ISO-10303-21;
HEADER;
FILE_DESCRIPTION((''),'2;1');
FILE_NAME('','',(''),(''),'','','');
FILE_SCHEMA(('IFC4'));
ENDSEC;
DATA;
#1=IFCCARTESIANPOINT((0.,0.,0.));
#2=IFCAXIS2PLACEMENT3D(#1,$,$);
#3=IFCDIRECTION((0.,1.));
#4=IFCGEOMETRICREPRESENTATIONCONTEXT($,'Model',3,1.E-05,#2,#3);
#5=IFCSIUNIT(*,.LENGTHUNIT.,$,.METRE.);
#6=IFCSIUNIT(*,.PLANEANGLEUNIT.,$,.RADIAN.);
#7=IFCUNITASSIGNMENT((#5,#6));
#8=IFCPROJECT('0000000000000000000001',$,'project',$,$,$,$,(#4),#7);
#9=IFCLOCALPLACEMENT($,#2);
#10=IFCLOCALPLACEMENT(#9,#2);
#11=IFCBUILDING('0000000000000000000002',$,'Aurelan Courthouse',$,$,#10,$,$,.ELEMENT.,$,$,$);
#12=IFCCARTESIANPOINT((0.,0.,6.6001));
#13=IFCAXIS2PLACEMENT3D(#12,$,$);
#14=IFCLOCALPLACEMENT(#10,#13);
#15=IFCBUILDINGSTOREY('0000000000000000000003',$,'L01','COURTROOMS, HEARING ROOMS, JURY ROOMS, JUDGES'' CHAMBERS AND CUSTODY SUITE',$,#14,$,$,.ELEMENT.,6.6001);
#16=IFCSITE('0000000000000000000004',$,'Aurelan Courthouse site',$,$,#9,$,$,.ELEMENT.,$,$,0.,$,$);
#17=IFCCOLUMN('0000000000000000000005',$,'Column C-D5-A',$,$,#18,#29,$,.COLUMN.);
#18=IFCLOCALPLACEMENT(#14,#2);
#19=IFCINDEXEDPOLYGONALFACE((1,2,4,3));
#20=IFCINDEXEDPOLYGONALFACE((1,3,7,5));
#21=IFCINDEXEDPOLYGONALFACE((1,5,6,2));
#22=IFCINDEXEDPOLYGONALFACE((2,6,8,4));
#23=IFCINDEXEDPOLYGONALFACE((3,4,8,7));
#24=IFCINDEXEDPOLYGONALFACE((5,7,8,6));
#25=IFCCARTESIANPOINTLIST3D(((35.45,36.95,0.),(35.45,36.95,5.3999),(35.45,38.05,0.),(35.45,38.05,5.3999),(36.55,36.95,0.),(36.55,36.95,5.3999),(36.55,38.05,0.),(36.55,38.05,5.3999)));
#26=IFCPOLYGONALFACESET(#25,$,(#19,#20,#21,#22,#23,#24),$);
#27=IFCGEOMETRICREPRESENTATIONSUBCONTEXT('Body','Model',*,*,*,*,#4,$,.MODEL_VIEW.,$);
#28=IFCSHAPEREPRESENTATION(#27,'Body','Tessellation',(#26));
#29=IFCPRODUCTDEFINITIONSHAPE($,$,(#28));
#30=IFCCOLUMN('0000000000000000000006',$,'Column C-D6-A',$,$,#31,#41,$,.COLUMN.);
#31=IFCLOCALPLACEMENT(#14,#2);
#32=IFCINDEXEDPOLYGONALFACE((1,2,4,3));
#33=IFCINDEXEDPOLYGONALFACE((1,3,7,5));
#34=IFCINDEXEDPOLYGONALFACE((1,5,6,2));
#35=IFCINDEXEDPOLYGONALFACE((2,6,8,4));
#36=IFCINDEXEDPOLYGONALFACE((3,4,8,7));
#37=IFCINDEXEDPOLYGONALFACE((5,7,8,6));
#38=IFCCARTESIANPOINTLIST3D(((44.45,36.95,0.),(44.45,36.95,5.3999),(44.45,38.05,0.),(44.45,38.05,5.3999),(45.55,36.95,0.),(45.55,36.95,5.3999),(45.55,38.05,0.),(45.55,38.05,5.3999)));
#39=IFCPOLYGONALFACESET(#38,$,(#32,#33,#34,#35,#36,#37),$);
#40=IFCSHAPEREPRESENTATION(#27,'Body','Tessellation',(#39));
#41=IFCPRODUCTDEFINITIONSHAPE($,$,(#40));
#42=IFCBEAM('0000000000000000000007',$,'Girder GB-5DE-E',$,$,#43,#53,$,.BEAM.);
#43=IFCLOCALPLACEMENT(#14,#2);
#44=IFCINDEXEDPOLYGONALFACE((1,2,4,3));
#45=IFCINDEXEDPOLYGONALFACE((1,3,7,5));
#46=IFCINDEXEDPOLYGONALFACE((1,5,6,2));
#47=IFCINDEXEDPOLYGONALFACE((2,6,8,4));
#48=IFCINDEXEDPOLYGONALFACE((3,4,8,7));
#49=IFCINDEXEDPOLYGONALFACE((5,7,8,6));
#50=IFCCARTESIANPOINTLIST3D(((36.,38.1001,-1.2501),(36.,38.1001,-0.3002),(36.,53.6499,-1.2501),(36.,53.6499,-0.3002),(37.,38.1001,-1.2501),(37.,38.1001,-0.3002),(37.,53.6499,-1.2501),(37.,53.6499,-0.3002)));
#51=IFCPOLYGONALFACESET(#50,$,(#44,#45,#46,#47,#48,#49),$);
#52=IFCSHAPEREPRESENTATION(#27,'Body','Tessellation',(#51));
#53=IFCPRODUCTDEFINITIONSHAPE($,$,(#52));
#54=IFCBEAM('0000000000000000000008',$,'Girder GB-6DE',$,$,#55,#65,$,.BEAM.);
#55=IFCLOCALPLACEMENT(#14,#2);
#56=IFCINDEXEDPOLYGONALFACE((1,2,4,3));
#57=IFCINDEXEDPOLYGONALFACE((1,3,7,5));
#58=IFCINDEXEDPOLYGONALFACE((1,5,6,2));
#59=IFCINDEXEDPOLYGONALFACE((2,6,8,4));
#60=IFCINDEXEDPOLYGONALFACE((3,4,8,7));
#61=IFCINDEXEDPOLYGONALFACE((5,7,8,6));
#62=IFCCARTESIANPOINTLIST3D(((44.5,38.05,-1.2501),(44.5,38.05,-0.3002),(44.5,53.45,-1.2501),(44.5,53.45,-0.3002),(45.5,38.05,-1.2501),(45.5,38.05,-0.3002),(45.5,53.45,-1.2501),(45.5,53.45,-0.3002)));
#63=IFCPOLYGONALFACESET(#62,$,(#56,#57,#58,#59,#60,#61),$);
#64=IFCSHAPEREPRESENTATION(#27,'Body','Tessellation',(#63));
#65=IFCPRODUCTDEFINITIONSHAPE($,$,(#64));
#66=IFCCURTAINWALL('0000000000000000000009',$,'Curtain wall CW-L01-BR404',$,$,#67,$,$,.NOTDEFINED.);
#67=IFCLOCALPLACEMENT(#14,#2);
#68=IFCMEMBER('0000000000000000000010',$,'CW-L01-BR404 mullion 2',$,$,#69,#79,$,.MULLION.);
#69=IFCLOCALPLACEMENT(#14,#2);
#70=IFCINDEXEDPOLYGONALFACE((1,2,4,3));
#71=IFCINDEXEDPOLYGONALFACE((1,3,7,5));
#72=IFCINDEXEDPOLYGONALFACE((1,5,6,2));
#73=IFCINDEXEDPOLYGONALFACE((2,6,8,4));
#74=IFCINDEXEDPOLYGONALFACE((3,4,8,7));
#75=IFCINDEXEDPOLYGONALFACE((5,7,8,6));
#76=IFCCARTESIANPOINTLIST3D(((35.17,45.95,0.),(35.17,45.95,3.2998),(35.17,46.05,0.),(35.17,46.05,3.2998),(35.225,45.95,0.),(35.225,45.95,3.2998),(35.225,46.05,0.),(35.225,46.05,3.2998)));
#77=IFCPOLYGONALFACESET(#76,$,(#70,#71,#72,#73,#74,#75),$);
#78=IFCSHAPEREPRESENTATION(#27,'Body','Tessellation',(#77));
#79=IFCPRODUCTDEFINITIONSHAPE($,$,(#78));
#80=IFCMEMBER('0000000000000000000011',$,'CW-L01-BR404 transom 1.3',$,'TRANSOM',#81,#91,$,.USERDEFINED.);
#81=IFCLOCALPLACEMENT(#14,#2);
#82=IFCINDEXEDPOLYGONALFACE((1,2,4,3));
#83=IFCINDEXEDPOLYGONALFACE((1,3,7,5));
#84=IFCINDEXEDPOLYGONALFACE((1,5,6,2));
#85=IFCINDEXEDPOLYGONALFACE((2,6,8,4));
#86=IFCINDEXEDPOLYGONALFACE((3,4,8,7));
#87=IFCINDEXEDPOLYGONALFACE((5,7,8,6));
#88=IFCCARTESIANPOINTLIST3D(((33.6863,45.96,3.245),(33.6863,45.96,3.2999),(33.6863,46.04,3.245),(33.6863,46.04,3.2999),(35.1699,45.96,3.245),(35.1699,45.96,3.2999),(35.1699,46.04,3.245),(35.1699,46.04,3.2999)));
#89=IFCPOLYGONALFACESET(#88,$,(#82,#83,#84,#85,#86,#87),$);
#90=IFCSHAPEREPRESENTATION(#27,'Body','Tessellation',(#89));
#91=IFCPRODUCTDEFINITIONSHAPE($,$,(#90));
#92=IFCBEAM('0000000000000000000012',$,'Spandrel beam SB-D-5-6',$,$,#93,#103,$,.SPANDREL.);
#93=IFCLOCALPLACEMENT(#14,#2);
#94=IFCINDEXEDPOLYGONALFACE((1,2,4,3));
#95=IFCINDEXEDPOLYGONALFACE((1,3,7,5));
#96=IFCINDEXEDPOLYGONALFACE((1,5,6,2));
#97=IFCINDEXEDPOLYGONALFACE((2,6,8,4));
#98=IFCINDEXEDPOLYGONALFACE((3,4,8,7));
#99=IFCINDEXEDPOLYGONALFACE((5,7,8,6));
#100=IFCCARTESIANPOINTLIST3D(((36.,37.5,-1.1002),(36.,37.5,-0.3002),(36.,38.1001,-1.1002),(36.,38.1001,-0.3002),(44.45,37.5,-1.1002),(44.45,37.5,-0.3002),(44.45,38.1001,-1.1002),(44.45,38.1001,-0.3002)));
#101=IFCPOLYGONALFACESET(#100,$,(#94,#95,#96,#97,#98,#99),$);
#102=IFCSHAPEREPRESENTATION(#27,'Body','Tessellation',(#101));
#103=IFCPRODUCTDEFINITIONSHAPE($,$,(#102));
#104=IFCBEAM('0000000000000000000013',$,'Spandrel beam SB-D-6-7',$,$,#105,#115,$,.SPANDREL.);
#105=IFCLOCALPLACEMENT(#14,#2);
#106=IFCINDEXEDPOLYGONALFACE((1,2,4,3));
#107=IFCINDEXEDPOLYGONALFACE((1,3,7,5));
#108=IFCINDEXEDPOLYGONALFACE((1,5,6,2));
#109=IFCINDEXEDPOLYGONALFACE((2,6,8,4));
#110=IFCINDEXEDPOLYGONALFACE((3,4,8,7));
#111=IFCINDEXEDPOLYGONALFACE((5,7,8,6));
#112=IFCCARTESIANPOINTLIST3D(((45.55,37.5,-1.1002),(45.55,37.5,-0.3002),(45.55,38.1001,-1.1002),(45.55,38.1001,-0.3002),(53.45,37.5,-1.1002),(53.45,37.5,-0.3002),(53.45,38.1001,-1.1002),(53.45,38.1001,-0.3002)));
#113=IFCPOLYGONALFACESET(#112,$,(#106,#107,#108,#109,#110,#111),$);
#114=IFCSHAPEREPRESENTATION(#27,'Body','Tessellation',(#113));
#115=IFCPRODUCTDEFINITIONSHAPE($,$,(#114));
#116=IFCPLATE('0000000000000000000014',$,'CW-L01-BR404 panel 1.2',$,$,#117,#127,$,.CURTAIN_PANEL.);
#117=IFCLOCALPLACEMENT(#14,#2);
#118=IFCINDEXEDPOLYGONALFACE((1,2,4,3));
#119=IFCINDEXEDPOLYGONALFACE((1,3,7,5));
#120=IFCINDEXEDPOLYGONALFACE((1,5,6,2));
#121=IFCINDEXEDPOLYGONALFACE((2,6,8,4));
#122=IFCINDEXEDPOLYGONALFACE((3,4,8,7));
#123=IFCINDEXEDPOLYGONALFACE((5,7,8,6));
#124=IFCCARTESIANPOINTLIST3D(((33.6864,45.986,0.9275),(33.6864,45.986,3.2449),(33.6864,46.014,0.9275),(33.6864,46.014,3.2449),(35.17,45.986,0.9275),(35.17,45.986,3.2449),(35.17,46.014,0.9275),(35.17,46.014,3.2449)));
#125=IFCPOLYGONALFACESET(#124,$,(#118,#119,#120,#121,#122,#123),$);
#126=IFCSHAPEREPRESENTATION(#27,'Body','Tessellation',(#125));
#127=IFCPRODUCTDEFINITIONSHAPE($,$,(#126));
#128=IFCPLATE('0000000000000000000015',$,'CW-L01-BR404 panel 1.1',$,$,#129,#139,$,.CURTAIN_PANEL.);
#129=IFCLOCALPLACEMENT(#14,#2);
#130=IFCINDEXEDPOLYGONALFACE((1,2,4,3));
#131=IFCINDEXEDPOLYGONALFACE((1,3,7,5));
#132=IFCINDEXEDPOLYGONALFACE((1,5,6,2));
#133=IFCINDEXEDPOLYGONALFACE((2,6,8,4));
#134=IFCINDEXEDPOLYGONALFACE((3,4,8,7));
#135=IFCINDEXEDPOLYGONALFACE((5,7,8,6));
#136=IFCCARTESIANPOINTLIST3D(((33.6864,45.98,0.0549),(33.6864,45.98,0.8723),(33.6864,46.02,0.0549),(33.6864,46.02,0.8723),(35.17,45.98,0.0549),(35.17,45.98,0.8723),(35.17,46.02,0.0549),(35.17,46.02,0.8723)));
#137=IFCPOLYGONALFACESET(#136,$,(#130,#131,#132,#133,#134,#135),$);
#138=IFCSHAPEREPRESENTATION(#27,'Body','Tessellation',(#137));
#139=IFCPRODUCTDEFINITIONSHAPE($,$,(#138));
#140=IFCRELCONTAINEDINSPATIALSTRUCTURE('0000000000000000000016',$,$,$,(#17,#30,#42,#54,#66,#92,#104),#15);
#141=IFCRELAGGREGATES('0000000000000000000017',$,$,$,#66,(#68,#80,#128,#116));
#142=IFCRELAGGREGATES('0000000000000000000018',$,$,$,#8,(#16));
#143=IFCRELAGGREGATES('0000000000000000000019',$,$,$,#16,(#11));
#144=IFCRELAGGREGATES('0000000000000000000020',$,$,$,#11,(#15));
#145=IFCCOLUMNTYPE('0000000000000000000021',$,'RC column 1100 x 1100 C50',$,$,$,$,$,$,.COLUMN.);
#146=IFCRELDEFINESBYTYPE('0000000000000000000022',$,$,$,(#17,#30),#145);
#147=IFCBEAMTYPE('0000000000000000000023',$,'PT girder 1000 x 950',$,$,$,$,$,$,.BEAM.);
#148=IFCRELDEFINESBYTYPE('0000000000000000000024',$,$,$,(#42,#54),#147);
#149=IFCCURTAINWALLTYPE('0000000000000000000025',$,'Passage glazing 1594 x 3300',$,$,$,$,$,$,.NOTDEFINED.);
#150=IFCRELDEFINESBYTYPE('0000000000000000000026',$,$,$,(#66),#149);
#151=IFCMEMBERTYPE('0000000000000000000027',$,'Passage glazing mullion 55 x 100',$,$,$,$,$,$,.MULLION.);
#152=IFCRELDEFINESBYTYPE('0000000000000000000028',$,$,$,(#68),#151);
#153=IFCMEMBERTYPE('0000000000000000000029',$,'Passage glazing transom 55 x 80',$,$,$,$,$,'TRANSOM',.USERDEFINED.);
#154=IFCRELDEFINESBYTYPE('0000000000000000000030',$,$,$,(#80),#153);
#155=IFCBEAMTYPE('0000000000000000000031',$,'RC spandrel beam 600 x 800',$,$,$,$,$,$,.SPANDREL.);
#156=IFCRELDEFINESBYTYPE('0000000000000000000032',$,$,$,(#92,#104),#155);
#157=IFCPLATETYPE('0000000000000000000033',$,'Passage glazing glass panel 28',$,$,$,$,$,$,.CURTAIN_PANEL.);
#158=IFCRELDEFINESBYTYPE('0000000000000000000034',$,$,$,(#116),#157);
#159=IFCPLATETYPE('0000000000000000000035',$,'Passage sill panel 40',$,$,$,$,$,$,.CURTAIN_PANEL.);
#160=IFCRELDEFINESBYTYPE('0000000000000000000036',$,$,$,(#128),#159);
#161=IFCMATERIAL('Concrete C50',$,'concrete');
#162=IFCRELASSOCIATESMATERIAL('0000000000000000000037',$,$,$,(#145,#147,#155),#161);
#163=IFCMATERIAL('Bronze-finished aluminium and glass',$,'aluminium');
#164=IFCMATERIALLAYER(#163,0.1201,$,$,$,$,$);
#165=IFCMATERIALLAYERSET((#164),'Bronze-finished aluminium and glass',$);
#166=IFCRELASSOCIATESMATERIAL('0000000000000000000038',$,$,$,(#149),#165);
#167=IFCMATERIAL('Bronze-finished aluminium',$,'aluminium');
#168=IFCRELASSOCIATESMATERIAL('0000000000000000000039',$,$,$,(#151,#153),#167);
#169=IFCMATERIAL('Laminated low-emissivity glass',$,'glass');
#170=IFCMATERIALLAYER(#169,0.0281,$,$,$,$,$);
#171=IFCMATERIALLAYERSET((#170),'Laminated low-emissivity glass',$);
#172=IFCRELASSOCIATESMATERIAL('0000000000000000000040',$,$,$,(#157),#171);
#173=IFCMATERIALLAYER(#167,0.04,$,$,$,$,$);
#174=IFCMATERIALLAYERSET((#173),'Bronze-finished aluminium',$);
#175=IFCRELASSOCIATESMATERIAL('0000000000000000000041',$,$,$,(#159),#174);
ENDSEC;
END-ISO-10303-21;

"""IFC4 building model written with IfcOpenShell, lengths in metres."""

from ifc_helpers import new_model, si_unit, direction, frame, origin, origin_2d, place, context, subcontext, project, spatial, rectangle, extrude, material, layer, layer_set, material_profile, profile_set, type_object, element, aggregate, save


model = new_model("IFC4")

# Units and contexts
model_context = context("Model", 3, precision=1e-05, world=origin(), true_north=direction((0.0, 1.0)))
body_context = subcontext(model_context, "Body", "Model", "MODEL_VIEW")
ifc_project = project(units=[si_unit("LENGTHUNIT", "METRE"), si_unit("PLANEANGLEUNIT", "RADIAN")], contexts=[model_context])

# Site, building, storey
site_placement = place(None, origin())
site = spatial("IfcSite", under=ifc_project, at=site_placement, Name="Aurelan Courthouse site", CompositionType="ELEMENT", RefElevation=0.0)
building_placement = place(site_placement, origin())
building = spatial("IfcBuilding", under=site, at=building_placement, Name="Aurelan Courthouse", CompositionType="ELEMENT")
storey_placement = place(building_placement, frame((0.0, 0.0, 6.6001)))
storey = spatial("IfcBuildingStorey", under=building, at=storey_placement, Name="L01", Description="COURTROOMS, HEARING ROOMS, JURY ROOMS, JUDGES' CHAMBERS AND CUSTODY SUITE", CompositionType="ELEMENT", Elevation=6.6001)

# Columns
ifc_material_1 = material(Name="Concrete C50", Category="concrete")
ifc_material_profile_1 = material_profile(ifc_material_1, rectangle(XDim=1.1001, YDim=1.1001, at=origin_2d()), Name="RC 1100 x 1100")
ifc_profile_set_1 = profile_set([ifc_material_profile_1], Name="Concrete C50")
column_type = type_object("IfcColumnType", Name="RC column 1100 x 1100 C50", PredefinedType="COLUMN", material=ifc_profile_set_1)
for number, where, z_axis, x_axis, name in (
    (1, (36.0, 37.5, 0.0), (0.0, 0.0, 1.0), (1.0, 0.0, 0.0), "Column C-D5-A"),
    (2, (45.0, 37.5, 0.0), (0.0, 0.0, 1.0), (1.0, 0.0, 0.0), "Column C-D6-A"),
):
    element("IfcColumn", number, at=place(storey_placement, frame(where, z_axis=z_axis, x_axis=x_axis)), inside=storey, type_object=column_type, Name=name, PredefinedType="COLUMN", context=body_context, shape_type="SweptSolid", body=[
        extrude(rectangle(XDim=1.1001, YDim=1.1001, at=origin_2d()), origin(), (0.0, 0.0, 1.0), 5.3999),
    ])

# Beams
ifc_material_profile_2 = material_profile(ifc_material_1, rectangle(XDim=1.0, YDim=0.95, at=origin_2d()), Name="RC 1000 x 950")
ifc_profile_set_2 = profile_set([ifc_material_profile_2], Name="Concrete C50")
beam_type_1 = type_object("IfcBeamType", Name="PT girder 1000 x 950", PredefinedType="BEAM", material=ifc_profile_set_2)
beam_1_placement = place(storey_placement, frame((36.5, 38.1001, -0.7751), z_axis=(0.0, 1.0, 0.0), x_axis=(-1.0, 0.0, 0.0)))
element("IfcBeam", 3, at=beam_1_placement, inside=storey, type_object=beam_type_1, Name="Girder GB-5DE-E", PredefinedType="BEAM", context=body_context, shape_type="SweptSolid", body=[
    extrude(rectangle(XDim=1.0, YDim=0.95, at=origin_2d()), origin(), (0.0, 0.0, 1.0), 15.5498),
])
beam_2_placement = place(storey_placement, frame((45.0, 38.05, -0.7751), z_axis=(0.0, 1.0, 0.0), x_axis=(-1.0, 0.0, 0.0)))
element("IfcBeam", 4, at=beam_2_placement, inside=storey, type_object=beam_type_1, Name="Girder GB-6DE", PredefinedType="BEAM", context=body_context, shape_type="SweptSolid", body=[
    extrude(rectangle(XDim=1.0, YDim=0.95, at=origin_2d()), origin(), (0.0, 0.0, 1.0), 15.3999),
])

# Curtain wall, members
ifc_material_2 = material(Name="Bronze-finished aluminium and glass", Category="aluminium")
ifc_layer_1 = layer(ifc_material_2, 0.1201)
ifc_layer_set_1 = layer_set([ifc_layer_1], Name="Bronze-finished aluminium and glass")
curtain_wall_type = type_object("IfcCurtainWallType", Name="Passage glazing 1594 x 3300", PredefinedType="NOTDEFINED", material=ifc_layer_set_1)
curtain_wall_placement = place(storey_placement, origin())
curtain_wall = element("IfcCurtainWall", 5, at=curtain_wall_placement, inside=storey, type_object=curtain_wall_type, Name="Curtain wall CW-L01-BR404", PredefinedType="NOTDEFINED")
ifc_material_3 = material(Name="Bronze-finished aluminium", Category="aluminium")
ifc_material_profile_3 = material_profile(ifc_material_3, rectangle(XDim=0.1001, YDim=0.0549, at=origin_2d()), Name="Passage glazing mullion 55 x 100")
ifc_profile_set_3 = profile_set([ifc_material_profile_3], Name="Bronze-finished aluminium")
member_type_1 = type_object("IfcMemberType", Name="Passage glazing mullion 55 x 100", PredefinedType="MULLION", material=ifc_profile_set_3)
member_1_placement = place(storey_placement, frame((35.1975, 46.0, 0.0), z_axis=(0.0, 0.0, 1.0), x_axis=(0.0, 1.0, 0.0)))
member_1 = element("IfcMember", 6, at=member_1_placement, type_object=member_type_1, Name="CW-L01-BR404 mullion 2", PredefinedType="MULLION", context=body_context, shape_type="SweptSolid", body=[
    extrude(rectangle(XDim=0.1001, YDim=0.0549, at=origin_2d()), origin(), (0.0, 0.0, 1.0), 3.2998),
])
ifc_material_profile_4 = material_profile(ifc_material_3, rectangle(XDim=0.0801, YDim=0.0549, at=origin_2d()), Name="Passage glazing transom 55 x 80")
ifc_profile_set_4 = profile_set([ifc_material_profile_4], Name="Bronze-finished aluminium")
member_type_2 = type_object("IfcMemberType", Name="Passage glazing transom 55 x 80", ElementType="TRANSOM", PredefinedType="USERDEFINED", material=ifc_profile_set_4)
member_2_placement = place(storey_placement, frame((33.6863, 46.0, 3.2725), z_axis=(1.0, 0.0, 0.0), x_axis=(0.0, 1.0, 0.0)))
member_2 = element("IfcMember", 7, at=member_2_placement, type_object=member_type_2, Name="CW-L01-BR404 transom 1.3", ObjectType="TRANSOM", PredefinedType="USERDEFINED", context=body_context, shape_type="SweptSolid", body=[
    extrude(rectangle(XDim=0.0801, YDim=0.0549, at=origin_2d()), origin(), (0.0, 0.0, 1.0), 1.4836),
])

# Beams
ifc_material_profile_5 = material_profile(ifc_material_1, rectangle(XDim=0.6001, YDim=0.8, at=origin_2d()), Name="RC 600 x 800")
ifc_profile_set_5 = profile_set([ifc_material_profile_5], Name="Concrete C50")
beam_type_2 = type_object("IfcBeamType", Name="RC spandrel beam 600 x 800", PredefinedType="SPANDREL", material=ifc_profile_set_5)
beam_3_placement = place(storey_placement, frame((36.0, 37.8, -0.7002), z_axis=(1.0, 0.0, 0.0), x_axis=(0.0, 1.0, 0.0)))
element("IfcBeam", 8, at=beam_3_placement, inside=storey, type_object=beam_type_2, Name="Spandrel beam SB-D-5-6", PredefinedType="SPANDREL", context=body_context, shape_type="SweptSolid", body=[
    extrude(rectangle(XDim=0.6001, YDim=0.8, at=origin_2d()), origin(), (0.0, 0.0, 1.0), 8.45),
])
beam_4_placement = place(storey_placement, frame((45.55, 37.8, -0.7002), z_axis=(1.0, 0.0, 0.0), x_axis=(0.0, 1.0, 0.0)))
element("IfcBeam", 9, at=beam_4_placement, inside=storey, type_object=beam_type_2, Name="Spandrel beam SB-D-6-7", PredefinedType="SPANDREL", context=body_context, shape_type="SweptSolid", body=[
    extrude(rectangle(XDim=0.6001, YDim=0.8, at=origin_2d()), origin(), (0.0, 0.0, 1.0), 7.8999),
])

# Plates
ifc_material_4 = material(Name="Laminated low-emissivity glass", Category="glass")
ifc_layer_2 = layer(ifc_material_4, 0.0281)
ifc_layer_set_2 = layer_set([ifc_layer_2], Name="Laminated low-emissivity glass")
plate_type_1 = type_object("IfcPlateType", Name="Passage glazing glass panel 28", PredefinedType="CURTAIN_PANEL", material=ifc_layer_set_2)
plate_1_placement = place(storey_placement, frame((34.4282, 46.0, 0.9275), z_axis=(0.0, 0.0, 1.0), x_axis=(1.0, 0.0, 0.0)))
plate_1 = element("IfcPlate", 10, at=plate_1_placement, type_object=plate_type_1, Name="CW-L01-BR404 panel 1.2", PredefinedType="CURTAIN_PANEL", context=body_context, shape_type="SweptSolid", body=[
    extrude(rectangle(XDim=1.4836, YDim=0.0281, at=origin_2d()), origin(), (0.0, 0.0, 1.0), 2.3174),
])
ifc_layer_3 = layer(ifc_material_3, 0.04)
ifc_layer_set_3 = layer_set([ifc_layer_3], Name="Bronze-finished aluminium")
plate_type_2 = type_object("IfcPlateType", Name="Passage sill panel 40", PredefinedType="CURTAIN_PANEL", material=ifc_layer_set_3)
plate_2_placement = place(storey_placement, frame((34.4282, 46.0, 0.0549), z_axis=(0.0, 0.0, 1.0), x_axis=(1.0, 0.0, 0.0)))
plate_2 = element("IfcPlate", 11, at=plate_2_placement, type_object=plate_type_2, Name="CW-L01-BR404 panel 1.1", PredefinedType="CURTAIN_PANEL", context=body_context, shape_type="SweptSolid", body=[
    extrude(rectangle(XDim=1.4836, YDim=0.04, at=origin_2d()), origin(), (0.0, 0.0, 1.0), 0.8174),
])
aggregate(curtain_wall, [member_1, member_2, plate_2, plate_1])

save(model, "model.ifc")
